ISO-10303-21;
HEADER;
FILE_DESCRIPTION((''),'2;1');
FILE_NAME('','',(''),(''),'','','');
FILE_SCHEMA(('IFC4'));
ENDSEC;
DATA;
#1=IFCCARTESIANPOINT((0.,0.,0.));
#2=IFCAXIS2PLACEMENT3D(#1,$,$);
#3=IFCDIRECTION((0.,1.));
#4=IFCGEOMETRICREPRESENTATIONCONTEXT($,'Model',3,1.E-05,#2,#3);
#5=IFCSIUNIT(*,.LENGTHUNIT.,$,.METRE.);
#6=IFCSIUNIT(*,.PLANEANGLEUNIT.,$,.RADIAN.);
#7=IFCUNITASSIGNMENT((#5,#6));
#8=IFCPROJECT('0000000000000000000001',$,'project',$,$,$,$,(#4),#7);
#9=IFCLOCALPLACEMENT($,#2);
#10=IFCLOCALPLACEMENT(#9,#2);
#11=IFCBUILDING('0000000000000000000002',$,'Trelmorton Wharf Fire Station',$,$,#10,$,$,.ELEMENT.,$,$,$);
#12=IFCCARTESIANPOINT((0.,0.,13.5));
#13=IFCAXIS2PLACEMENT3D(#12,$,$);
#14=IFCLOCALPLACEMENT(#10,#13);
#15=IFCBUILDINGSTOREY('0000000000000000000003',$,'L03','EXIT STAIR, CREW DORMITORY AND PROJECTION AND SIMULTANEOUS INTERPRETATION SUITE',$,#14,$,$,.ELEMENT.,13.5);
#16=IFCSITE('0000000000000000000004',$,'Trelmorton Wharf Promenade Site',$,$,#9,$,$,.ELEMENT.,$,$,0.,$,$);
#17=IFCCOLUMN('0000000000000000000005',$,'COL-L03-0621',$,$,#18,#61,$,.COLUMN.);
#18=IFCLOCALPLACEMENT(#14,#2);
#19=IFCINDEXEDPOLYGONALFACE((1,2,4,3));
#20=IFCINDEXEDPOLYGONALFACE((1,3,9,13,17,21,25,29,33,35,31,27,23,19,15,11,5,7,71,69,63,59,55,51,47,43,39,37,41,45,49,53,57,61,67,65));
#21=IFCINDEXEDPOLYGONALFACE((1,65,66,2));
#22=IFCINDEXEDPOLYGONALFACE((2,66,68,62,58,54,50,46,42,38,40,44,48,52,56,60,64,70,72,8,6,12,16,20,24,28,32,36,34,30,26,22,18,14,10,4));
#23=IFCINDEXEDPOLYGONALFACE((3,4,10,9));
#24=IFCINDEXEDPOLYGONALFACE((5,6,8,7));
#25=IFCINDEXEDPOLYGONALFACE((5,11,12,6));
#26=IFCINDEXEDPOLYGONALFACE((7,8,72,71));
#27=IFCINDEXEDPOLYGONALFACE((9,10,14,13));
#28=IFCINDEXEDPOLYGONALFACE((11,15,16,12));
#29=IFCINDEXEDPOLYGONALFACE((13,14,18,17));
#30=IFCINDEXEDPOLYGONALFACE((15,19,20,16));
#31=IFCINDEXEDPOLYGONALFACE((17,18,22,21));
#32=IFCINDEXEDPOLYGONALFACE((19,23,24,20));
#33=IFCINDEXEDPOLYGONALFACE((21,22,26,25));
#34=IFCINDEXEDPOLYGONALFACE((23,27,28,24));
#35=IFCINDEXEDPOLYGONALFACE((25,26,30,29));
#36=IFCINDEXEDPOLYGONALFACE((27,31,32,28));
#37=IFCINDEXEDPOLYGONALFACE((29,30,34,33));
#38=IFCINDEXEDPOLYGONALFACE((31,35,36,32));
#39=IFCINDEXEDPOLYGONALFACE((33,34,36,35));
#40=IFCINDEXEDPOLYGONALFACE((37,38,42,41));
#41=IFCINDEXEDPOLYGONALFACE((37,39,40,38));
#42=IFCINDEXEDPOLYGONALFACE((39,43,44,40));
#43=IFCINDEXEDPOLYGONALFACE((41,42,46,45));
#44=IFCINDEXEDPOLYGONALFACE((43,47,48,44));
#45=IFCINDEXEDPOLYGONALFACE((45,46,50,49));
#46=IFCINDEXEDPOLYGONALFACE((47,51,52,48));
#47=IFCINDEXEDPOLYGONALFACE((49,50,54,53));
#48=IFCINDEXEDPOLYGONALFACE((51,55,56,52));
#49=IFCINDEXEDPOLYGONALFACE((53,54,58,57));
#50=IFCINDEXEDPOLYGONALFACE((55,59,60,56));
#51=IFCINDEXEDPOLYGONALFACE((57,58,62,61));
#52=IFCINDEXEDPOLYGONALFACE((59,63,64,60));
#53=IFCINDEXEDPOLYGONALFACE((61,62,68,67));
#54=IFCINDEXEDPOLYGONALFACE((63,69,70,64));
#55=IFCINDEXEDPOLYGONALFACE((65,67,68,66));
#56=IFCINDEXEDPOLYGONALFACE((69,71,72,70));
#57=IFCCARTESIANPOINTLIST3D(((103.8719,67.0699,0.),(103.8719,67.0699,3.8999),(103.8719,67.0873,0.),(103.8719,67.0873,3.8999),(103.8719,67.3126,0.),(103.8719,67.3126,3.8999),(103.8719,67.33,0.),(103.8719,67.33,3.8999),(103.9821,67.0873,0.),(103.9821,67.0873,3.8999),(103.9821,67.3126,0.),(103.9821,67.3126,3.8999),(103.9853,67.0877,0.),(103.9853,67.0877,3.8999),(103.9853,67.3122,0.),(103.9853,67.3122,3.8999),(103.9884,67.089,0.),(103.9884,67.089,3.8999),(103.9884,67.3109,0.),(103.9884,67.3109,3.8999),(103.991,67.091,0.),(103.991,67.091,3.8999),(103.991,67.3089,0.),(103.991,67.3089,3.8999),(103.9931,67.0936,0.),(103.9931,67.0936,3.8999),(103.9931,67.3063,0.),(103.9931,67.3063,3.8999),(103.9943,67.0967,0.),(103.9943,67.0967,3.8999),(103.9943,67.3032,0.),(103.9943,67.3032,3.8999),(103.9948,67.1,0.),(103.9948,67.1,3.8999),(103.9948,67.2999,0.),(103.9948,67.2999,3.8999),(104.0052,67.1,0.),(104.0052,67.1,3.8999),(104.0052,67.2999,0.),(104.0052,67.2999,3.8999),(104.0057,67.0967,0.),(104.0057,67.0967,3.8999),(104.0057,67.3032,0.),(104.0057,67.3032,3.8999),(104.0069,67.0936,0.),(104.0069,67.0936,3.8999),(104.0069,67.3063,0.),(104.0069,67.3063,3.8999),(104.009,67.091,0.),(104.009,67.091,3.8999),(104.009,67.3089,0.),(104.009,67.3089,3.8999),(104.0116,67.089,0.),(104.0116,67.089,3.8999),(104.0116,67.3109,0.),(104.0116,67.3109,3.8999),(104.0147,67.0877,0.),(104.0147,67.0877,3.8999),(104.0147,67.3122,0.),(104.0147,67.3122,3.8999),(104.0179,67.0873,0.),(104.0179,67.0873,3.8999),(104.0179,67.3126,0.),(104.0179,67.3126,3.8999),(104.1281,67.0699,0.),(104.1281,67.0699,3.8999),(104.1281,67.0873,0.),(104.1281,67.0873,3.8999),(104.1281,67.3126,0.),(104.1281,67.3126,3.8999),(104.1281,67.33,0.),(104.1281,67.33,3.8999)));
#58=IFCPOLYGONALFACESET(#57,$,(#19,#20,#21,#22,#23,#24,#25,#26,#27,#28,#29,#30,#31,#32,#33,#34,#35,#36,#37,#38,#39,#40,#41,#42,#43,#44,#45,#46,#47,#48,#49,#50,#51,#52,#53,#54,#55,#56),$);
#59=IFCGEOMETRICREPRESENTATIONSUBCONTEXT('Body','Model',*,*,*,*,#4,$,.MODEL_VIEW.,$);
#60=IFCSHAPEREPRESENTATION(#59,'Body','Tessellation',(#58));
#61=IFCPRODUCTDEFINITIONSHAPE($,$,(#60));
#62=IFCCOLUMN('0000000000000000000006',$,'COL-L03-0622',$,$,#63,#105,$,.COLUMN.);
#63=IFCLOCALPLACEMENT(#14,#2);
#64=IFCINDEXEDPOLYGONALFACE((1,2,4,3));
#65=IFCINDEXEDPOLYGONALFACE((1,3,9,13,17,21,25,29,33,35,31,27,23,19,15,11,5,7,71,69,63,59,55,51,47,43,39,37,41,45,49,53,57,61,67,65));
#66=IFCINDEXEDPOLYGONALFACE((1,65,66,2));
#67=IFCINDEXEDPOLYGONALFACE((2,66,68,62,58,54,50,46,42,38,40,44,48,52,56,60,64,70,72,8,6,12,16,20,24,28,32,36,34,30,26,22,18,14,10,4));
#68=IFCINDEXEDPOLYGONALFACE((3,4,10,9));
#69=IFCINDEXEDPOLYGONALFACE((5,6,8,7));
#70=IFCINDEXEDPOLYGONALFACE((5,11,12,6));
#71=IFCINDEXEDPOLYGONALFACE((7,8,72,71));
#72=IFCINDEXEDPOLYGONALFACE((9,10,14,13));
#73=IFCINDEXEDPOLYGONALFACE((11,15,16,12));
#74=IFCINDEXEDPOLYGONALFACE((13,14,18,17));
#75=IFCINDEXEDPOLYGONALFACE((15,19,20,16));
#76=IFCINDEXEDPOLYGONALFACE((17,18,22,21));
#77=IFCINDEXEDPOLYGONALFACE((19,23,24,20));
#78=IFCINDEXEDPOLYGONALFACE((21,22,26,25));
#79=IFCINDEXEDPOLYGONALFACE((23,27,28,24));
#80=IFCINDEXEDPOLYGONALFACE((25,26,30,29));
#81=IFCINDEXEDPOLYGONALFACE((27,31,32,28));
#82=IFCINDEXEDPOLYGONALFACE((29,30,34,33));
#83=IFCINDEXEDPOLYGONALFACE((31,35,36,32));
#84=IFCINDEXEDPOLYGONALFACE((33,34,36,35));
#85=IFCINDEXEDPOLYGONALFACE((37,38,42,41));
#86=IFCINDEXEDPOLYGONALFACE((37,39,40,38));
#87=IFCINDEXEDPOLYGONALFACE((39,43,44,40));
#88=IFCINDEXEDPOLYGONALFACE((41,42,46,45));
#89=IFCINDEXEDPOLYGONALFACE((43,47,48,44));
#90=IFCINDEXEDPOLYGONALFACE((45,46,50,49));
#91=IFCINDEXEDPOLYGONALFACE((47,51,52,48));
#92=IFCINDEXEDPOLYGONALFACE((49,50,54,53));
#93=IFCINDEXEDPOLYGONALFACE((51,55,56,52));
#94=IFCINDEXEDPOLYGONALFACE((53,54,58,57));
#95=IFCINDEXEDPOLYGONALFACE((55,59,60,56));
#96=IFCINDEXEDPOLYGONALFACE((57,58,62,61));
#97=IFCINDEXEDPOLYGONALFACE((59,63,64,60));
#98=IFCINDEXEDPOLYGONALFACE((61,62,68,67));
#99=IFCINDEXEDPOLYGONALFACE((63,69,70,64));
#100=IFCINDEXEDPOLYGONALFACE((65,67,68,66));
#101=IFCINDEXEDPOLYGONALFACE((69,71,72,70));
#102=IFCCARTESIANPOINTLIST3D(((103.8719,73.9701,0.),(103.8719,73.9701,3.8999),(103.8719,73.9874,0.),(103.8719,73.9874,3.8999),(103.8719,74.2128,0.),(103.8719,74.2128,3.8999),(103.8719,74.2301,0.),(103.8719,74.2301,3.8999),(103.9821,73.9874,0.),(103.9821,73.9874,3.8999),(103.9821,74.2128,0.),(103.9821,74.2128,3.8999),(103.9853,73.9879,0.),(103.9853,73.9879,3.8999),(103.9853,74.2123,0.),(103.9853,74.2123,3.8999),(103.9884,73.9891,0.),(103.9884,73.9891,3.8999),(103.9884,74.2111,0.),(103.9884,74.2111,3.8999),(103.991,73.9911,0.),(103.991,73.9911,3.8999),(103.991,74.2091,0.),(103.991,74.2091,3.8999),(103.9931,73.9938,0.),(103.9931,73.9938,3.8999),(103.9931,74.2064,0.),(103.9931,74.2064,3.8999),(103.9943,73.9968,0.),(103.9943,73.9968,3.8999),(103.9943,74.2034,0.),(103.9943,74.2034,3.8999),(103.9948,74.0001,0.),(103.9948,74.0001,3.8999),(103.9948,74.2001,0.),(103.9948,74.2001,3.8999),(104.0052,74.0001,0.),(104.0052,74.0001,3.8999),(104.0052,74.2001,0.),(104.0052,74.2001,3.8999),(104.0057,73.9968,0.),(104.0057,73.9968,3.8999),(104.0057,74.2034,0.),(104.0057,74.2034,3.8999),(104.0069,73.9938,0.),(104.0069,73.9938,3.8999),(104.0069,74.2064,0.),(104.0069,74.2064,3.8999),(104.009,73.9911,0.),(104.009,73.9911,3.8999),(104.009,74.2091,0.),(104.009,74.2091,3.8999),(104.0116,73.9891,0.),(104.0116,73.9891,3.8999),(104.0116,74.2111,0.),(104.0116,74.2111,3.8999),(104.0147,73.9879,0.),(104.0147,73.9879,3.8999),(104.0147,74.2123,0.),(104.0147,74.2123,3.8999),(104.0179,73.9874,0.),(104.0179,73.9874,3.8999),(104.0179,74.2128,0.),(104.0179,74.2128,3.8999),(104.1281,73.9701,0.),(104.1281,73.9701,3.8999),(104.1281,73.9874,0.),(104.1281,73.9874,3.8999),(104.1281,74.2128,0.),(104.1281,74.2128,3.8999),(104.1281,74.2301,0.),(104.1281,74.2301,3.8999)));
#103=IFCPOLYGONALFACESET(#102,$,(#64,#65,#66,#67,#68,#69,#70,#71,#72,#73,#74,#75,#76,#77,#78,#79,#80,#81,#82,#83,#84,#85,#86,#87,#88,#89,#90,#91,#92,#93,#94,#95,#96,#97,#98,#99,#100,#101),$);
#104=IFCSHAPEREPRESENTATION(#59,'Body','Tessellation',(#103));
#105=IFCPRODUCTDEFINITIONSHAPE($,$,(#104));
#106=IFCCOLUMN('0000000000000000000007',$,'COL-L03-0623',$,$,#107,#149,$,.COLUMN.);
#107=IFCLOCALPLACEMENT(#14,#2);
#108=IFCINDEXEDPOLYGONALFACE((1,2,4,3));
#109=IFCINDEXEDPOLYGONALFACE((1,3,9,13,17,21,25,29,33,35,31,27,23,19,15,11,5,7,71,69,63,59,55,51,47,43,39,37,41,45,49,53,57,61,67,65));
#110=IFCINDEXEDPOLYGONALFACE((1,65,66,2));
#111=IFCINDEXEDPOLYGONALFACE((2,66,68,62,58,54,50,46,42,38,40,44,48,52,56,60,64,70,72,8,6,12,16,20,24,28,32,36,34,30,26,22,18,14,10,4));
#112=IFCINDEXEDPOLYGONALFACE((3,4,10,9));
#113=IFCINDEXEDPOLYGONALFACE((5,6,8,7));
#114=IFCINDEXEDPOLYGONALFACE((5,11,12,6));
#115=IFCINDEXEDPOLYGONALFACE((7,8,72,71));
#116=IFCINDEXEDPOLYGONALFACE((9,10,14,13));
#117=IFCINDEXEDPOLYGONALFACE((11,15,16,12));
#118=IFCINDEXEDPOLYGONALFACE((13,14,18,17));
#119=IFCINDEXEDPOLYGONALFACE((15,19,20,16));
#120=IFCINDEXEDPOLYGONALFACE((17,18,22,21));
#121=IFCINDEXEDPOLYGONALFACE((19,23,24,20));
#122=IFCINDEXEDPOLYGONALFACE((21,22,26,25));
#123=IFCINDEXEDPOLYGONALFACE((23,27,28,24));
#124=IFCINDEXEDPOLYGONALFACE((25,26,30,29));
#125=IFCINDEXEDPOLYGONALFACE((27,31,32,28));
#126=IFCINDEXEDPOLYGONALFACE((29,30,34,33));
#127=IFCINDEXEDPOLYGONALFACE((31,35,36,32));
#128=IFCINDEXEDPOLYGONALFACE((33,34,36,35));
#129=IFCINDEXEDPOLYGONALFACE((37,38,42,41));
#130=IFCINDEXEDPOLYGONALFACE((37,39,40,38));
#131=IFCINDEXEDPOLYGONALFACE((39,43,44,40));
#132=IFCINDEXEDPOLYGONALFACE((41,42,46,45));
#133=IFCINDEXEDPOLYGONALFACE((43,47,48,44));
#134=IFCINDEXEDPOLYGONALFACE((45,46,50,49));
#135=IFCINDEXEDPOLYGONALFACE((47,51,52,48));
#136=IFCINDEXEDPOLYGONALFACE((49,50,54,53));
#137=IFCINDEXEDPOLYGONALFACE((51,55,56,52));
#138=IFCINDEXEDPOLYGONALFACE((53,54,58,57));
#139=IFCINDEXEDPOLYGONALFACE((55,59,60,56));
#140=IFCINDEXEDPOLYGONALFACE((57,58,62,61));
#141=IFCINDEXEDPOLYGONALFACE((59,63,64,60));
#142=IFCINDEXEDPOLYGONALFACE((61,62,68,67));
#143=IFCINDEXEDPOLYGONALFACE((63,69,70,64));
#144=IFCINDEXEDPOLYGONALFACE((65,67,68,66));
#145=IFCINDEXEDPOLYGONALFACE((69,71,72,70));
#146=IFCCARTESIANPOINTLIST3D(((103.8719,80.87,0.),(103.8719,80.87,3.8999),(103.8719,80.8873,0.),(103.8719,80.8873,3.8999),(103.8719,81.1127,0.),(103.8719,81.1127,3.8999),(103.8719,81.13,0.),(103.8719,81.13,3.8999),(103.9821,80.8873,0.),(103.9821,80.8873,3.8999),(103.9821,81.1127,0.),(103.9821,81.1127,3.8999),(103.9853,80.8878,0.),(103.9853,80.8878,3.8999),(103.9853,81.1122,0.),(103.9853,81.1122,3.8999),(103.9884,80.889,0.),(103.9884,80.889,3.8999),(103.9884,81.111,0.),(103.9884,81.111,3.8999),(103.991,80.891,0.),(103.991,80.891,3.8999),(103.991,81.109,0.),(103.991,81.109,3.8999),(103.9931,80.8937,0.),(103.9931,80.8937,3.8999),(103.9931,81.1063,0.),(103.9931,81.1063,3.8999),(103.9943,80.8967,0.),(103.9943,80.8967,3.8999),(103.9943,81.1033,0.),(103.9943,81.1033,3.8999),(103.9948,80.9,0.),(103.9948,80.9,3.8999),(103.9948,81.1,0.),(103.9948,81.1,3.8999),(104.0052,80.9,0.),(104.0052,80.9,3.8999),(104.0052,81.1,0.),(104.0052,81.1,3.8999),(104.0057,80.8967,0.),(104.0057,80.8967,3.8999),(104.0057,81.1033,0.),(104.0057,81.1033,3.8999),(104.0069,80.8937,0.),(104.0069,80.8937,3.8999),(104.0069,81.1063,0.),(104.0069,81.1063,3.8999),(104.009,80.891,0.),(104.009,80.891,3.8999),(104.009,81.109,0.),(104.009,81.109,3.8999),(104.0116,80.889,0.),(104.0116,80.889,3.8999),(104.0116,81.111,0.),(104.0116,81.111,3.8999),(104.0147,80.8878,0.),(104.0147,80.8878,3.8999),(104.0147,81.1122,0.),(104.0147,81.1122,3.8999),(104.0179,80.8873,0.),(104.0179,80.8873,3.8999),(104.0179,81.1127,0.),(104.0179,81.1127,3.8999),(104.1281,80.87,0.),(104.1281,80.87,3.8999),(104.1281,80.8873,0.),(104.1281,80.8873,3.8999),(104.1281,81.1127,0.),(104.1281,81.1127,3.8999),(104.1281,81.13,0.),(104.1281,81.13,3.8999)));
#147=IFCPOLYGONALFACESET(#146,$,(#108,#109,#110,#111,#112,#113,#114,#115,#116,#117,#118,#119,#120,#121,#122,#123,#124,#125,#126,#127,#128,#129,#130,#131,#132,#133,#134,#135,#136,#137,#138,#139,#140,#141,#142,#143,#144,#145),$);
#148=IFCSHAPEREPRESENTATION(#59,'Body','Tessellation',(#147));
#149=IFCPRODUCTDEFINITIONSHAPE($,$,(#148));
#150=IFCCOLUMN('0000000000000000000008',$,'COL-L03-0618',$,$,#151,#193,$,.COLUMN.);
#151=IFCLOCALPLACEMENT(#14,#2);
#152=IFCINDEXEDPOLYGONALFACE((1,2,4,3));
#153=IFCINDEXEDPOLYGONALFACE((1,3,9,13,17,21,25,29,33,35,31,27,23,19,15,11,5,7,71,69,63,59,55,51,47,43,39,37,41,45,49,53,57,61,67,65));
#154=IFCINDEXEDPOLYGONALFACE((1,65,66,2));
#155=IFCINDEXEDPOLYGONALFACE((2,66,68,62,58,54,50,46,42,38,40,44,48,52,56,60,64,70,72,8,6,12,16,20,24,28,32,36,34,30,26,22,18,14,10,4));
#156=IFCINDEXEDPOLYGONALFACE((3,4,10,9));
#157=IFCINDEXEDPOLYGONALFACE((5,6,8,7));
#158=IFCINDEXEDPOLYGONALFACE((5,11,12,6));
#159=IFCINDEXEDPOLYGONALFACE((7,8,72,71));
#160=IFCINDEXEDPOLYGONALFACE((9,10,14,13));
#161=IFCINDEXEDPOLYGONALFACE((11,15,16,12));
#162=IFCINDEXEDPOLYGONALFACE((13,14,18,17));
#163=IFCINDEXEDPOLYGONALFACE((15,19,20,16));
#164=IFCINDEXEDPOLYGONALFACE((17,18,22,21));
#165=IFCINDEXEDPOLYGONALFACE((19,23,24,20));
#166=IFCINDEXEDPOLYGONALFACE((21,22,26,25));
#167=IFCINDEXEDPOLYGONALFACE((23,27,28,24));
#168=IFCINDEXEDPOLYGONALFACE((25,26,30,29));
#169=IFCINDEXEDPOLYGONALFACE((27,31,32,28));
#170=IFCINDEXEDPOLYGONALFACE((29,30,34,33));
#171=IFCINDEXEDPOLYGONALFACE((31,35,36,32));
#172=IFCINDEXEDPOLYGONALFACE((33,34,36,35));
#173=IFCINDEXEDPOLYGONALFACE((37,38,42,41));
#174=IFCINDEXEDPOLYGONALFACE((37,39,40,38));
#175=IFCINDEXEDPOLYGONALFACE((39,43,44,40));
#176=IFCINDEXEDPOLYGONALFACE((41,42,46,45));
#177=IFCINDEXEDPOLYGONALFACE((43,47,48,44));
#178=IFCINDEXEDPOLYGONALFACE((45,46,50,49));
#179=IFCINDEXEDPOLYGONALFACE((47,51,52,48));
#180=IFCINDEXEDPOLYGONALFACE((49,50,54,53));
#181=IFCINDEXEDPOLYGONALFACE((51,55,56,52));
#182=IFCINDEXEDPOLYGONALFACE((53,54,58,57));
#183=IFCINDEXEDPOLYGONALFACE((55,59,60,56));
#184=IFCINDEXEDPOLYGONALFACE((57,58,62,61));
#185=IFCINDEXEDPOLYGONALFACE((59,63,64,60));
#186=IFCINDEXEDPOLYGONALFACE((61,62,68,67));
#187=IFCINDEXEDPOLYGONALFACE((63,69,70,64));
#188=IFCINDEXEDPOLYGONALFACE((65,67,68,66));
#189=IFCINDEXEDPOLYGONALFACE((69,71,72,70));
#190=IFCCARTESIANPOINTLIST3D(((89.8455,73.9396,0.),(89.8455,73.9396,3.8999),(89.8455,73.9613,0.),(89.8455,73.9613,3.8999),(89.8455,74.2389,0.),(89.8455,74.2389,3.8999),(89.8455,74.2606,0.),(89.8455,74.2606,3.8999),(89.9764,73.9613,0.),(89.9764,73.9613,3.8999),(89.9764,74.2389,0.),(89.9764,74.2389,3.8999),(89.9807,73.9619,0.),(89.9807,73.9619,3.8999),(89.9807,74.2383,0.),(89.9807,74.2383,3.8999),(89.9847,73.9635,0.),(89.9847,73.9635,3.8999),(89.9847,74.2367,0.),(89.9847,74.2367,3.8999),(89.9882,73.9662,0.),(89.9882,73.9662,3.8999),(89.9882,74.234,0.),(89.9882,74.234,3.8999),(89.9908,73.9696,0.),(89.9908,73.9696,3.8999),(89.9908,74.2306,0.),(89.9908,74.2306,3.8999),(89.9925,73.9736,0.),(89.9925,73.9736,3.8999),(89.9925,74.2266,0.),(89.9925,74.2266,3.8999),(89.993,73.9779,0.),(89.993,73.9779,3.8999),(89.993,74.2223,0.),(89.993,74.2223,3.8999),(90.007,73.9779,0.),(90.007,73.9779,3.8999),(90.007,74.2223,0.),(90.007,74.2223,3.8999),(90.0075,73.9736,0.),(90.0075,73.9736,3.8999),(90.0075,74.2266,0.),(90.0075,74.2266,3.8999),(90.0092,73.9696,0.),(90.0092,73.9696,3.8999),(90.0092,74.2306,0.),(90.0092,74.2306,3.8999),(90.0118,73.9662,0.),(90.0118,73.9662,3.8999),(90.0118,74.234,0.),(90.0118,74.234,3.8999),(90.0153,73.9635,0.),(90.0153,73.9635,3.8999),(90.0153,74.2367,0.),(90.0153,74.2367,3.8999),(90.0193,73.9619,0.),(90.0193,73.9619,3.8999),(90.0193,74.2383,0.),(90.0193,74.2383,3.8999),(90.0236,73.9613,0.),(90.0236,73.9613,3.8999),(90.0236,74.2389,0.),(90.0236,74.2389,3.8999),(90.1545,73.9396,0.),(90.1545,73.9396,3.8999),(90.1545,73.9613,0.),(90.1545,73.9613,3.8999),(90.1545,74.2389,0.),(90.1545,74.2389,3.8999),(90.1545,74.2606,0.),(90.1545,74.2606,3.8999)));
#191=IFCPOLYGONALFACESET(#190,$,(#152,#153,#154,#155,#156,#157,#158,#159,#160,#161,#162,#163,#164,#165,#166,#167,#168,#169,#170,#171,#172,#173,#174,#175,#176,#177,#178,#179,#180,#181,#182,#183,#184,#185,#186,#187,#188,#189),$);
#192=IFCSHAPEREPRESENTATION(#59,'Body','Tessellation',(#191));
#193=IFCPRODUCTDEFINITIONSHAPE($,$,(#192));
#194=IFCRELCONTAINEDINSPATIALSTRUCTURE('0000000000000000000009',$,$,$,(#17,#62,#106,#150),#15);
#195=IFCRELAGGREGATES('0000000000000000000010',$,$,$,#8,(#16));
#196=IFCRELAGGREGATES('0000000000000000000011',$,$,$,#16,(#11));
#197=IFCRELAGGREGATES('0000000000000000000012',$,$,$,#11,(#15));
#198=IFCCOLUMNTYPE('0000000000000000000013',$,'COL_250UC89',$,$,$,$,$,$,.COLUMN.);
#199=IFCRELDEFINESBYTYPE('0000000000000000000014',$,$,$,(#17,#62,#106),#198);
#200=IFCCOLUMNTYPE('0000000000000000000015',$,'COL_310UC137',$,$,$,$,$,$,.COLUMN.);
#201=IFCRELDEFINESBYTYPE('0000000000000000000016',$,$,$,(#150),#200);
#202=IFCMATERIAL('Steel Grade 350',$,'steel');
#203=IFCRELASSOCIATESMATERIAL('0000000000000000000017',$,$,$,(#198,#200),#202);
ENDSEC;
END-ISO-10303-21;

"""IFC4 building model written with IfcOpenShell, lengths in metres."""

from ifc_helpers import new_model, si_unit, direction, frame, origin, origin_2d, place, context, subcontext, project, spatial, i_section, extrude, material, material_profile, profile_set, type_object, element, save


model = new_model("IFC4")

# Units and contexts
model_context = context("Model", 3, precision=1e-05, world=origin(), true_north=direction((0.0, 1.0)))
body_context = subcontext(model_context, "Body", "Model", "MODEL_VIEW")
ifc_project = project(units=[si_unit("LENGTHUNIT", "METRE"), si_unit("PLANEANGLEUNIT", "RADIAN")], contexts=[model_context])

# Site, building, storey
site_placement = place(None, origin())
site = spatial("IfcSite", under=ifc_project, at=site_placement, Name="Trelmorton Wharf Promenade Site", CompositionType="ELEMENT", RefElevation=0.0)
building_placement = place(site_placement, origin())
building = spatial("IfcBuilding", under=site, at=building_placement, Name="Trelmorton Wharf Fire Station", CompositionType="ELEMENT")
storey_placement = place(building_placement, frame((0.0, 0.0, 13.5)))
storey = spatial("IfcBuildingStorey", under=building, at=storey_placement, Name="L03", Description="EXIT STAIR, CREW DORMITORY AND PROJECTION AND SIMULTANEOUS INTERPRETATION SUITE", CompositionType="ELEMENT", Elevation=13.5)

# Columns
ifc_material_1 = material(Name="Steel Grade 350", Category="steel")
ifc_material_profile_1 = material_profile(ifc_material_1, i_section(OverallWidth=0.2561, OverallDepth=0.26, WebThickness=0.0105, FlangeThickness=0.0173, FilletRadius=0.0127, at=origin_2d()), Name="250UC89.5")
ifc_profile_set_1 = profile_set([ifc_material_profile_1], Name="Steel Grade 350")
column_type_1 = type_object("IfcColumnType", Name="COL_250UC89", PredefinedType="COLUMN", material=ifc_profile_set_1)
for number, where, z_axis, x_axis, name in (
    (1, (104.0, 67.2, 0.0), (0.0, 0.0, 1.0), (1.0, 0.0, 0.0), "COL-L03-0621"),
    (2, (104.0, 74.1001, 0.0), (0.0, 0.0, 1.0), (1.0, 0.0, 0.0), "COL-L03-0622"),
    (3, (104.0, 81.0, 0.0), (0.0, 0.0, 1.0), (1.0, 0.0, 0.0), "COL-L03-0623"),
):
    element("IfcColumn", number, at=place(storey_placement, frame(where, z_axis=z_axis, x_axis=x_axis)), inside=storey, type_object=column_type_1, Name=name, PredefinedType="COLUMN", context=body_context, shape_type="SweptSolid", body=[
        extrude(i_section(OverallWidth=0.2561, OverallDepth=0.26, WebThickness=0.0105, FlangeThickness=0.0173, FilletRadius=0.0127, at=origin_2d()), origin(), (0.0, 0.0, 1.0), 3.8999),
    ])
ifc_material_profile_2 = material_profile(ifc_material_1, i_section(OverallWidth=0.3091, OverallDepth=0.321, WebThickness=0.0139, FlangeThickness=0.0217, FilletRadius=0.0166, at=origin_2d()), Name="310UC137")
ifc_profile_set_2 = profile_set([ifc_material_profile_2], Name="Steel Grade 350")
column_type_2 = type_object("IfcColumnType", Name="COL_310UC137", PredefinedType="COLUMN", material=ifc_profile_set_2)
for number, where, z_axis, x_axis, name in (
    (4, (90.0, 74.1001, 0.0), (0.0, 0.0, 1.0), (1.0, 0.0, 0.0), "COL-L03-0618"),
):
    element("IfcColumn", number, at=place(storey_placement, frame(where, z_axis=z_axis, x_axis=x_axis)), inside=storey, type_object=column_type_2, Name=name, PredefinedType="COLUMN", context=body_context, shape_type="SweptSolid", body=[
        extrude(i_section(OverallWidth=0.3091, OverallDepth=0.321, WebThickness=0.0139, FlangeThickness=0.0217, FilletRadius=0.0166, at=origin_2d()), origin(), (0.0, 0.0, 1.0), 3.8999),
    ])

save(model, "model.ifc")
